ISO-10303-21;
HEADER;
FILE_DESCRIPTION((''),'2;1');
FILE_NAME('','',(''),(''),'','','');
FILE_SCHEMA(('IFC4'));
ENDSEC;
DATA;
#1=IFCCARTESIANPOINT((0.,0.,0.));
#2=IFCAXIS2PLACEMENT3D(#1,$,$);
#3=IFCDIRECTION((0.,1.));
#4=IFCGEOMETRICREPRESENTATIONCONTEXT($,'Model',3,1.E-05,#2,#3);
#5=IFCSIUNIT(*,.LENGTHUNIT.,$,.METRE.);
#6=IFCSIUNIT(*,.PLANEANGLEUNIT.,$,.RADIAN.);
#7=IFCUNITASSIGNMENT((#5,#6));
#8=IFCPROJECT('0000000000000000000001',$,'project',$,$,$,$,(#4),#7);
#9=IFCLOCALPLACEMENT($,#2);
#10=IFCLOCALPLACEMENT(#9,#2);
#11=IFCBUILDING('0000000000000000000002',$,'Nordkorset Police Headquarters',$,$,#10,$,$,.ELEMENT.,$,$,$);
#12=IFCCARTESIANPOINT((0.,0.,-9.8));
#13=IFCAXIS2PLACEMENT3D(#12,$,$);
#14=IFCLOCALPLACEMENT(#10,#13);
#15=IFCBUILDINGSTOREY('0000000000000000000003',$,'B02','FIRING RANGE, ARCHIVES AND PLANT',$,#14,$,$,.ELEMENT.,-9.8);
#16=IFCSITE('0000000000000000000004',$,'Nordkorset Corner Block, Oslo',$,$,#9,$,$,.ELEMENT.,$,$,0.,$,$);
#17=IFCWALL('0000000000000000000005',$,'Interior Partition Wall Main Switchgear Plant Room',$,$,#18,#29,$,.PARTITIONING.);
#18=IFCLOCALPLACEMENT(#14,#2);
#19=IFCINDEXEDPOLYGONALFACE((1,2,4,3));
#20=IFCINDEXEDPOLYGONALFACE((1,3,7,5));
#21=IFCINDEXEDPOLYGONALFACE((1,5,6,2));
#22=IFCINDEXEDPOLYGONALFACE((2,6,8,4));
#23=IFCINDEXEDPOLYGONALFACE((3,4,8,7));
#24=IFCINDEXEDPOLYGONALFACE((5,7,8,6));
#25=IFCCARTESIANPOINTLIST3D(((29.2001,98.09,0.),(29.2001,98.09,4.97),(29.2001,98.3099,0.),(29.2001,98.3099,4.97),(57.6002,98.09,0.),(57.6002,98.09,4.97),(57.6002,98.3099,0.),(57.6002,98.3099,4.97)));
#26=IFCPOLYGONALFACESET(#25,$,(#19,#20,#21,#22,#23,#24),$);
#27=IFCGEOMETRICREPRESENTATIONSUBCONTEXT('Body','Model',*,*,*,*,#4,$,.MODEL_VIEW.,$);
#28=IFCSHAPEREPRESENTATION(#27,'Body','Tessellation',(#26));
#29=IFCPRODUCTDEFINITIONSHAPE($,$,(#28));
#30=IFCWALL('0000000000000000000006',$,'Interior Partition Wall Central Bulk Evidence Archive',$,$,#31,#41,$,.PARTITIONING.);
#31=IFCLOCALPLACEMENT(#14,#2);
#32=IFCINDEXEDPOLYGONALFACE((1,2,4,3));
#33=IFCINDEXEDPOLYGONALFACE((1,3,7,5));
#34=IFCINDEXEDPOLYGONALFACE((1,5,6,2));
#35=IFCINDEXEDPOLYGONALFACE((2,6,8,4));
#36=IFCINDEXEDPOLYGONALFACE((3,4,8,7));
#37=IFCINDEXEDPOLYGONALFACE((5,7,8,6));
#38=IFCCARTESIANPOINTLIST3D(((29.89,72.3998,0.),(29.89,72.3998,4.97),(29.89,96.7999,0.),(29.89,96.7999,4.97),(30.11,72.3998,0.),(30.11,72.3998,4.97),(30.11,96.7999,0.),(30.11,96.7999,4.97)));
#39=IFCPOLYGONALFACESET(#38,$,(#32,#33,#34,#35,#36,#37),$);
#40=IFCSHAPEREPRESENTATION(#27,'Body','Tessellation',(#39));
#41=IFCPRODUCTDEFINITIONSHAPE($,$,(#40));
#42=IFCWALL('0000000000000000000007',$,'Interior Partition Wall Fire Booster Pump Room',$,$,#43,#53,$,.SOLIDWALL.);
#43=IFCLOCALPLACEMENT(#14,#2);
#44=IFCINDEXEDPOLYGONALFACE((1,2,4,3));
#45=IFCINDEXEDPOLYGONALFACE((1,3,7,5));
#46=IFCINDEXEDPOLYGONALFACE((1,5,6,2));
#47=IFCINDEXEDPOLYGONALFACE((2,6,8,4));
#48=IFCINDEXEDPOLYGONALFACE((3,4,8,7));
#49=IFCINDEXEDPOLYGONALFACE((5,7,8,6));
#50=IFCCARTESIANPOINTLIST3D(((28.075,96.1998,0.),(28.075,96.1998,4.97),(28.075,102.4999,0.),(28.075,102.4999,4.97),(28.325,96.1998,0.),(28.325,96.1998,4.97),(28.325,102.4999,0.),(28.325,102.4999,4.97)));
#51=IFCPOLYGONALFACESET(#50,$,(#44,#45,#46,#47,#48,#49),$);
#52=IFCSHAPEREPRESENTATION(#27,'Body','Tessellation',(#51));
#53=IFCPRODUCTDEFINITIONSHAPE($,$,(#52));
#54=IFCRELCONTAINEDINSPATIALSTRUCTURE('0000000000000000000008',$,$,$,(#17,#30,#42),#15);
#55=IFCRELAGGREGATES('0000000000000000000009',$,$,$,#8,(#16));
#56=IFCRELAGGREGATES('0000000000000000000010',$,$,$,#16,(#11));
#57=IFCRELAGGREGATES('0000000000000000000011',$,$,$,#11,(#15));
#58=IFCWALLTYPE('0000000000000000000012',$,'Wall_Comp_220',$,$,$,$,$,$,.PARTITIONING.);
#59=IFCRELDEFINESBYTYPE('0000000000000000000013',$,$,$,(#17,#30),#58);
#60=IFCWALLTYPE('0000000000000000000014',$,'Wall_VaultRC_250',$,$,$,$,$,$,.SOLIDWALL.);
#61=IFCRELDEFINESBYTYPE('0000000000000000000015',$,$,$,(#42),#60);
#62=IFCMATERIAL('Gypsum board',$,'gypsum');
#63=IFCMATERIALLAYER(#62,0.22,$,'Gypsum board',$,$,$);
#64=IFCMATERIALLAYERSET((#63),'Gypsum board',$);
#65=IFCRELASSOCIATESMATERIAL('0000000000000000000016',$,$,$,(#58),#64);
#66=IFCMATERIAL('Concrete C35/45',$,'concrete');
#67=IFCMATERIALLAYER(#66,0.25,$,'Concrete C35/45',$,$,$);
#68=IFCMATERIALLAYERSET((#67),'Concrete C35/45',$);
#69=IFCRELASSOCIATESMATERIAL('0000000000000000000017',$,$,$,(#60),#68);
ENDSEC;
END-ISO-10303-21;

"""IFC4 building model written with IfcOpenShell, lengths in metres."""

from ifc_helpers import new_model, si_unit, direction, frame, frame_2d, origin, place, context, subcontext, project, spatial, rectangle, extrude, material, layer, layer_set, type_object, element, save


model = new_model("IFC4")

# Units and contexts
model_context = context("Model", 3, precision=1e-05, world=origin(), true_north=direction((0.0, 1.0)))
body_context = subcontext(model_context, "Body", "Model", "MODEL_VIEW")
ifc_project = project(units=[si_unit("LENGTHUNIT", "METRE"), si_unit("PLANEANGLEUNIT", "RADIAN")], contexts=[model_context])

# Site, building, storey
site_placement = place(None, origin())
site = spatial("IfcSite", under=ifc_project, at=site_placement, Name="Nordkorset Corner Block, Oslo", CompositionType="ELEMENT", RefElevation=0.0)
building_placement = place(site_placement, origin())
building = spatial("IfcBuilding", under=site, at=building_placement, Name="Nordkorset Police Headquarters", CompositionType="ELEMENT")
storey_placement = place(building_placement, frame((0.0, 0.0, -9.8)))
storey = spatial("IfcBuildingStorey", under=building, at=storey_placement, Name="B02", Description="FIRING RANGE, ARCHIVES AND PLANT", CompositionType="ELEMENT", Elevation=-9.8)

# Walls
ifc_material_1 = material(Name="Gypsum board", Category="gypsum")
ifc_layer_1 = layer(ifc_material_1, 0.22, Name="Gypsum board")
ifc_layer_set_1 = layer_set([ifc_layer_1], Name="Gypsum board")
wall_type_1 = type_object("IfcWallType", Name="Wall_Comp_220", PredefinedType="PARTITIONING", material=ifc_layer_set_1)
wall_1_placement = place(storey_placement, frame((29.2, 98.2, 0.0), z_axis=(0.0, 0.0, 1.0), x_axis=(1.0, 0.0, 0.0)))
element("IfcWall", 1, at=wall_1_placement, inside=storey, type_object=wall_type_1, Name="Interior Partition Wall Main Switchgear Plant Room", PredefinedType="PARTITIONING", context=body_context, shape_type="SweptSolid", body=[
    extrude(rectangle(XDim=28.4001, YDim=0.22, at=frame_2d((14.2002, 0.0))), origin(), (0.0, 0.0, 1.0), 4.97),
])
wall_2_placement = place(storey_placement, frame((30.0, 96.8, 0.0), z_axis=(0.0, 0.0, 1.0), x_axis=(0.0, -1.0, 0.0)))
element("IfcWall", 2, at=wall_2_placement, inside=storey, type_object=wall_type_1, Name="Interior Partition Wall Central Bulk Evidence Archive", PredefinedType="PARTITIONING", context=body_context, shape_type="SweptSolid", body=[
    extrude(rectangle(XDim=24.4001, YDim=0.22, at=frame_2d((12.2002, 0.0))), origin(), (0.0, 0.0, 1.0), 4.97),
])
ifc_material_2 = material(Name="Concrete C35/45", Category="concrete")
ifc_layer_2 = layer(ifc_material_2, 0.25, Name="Concrete C35/45")
ifc_layer_set_2 = layer_set([ifc_layer_2], Name="Concrete C35/45")
wall_type_2 = type_object("IfcWallType", Name="Wall_VaultRC_250", PredefinedType="SOLIDWALL", material=ifc_layer_set_2)
wall_3_placement = place(storey_placement, frame((28.2, 96.2, 0.0), z_axis=(0.0, 0.0, 1.0), x_axis=(0.0, 1.0, 0.0)))
element("IfcWall", 3, at=wall_3_placement, inside=storey, type_object=wall_type_2, Name="Interior Partition Wall Fire Booster Pump Room", PredefinedType="SOLIDWALL", context=body_context, shape_type="SweptSolid", body=[
    extrude(rectangle(XDim=6.3, YDim=0.25, at=frame_2d((3.1499, 0.0))), origin(), (0.0, 0.0, 1.0), 4.97),
])

save(model, "model.ifc")
